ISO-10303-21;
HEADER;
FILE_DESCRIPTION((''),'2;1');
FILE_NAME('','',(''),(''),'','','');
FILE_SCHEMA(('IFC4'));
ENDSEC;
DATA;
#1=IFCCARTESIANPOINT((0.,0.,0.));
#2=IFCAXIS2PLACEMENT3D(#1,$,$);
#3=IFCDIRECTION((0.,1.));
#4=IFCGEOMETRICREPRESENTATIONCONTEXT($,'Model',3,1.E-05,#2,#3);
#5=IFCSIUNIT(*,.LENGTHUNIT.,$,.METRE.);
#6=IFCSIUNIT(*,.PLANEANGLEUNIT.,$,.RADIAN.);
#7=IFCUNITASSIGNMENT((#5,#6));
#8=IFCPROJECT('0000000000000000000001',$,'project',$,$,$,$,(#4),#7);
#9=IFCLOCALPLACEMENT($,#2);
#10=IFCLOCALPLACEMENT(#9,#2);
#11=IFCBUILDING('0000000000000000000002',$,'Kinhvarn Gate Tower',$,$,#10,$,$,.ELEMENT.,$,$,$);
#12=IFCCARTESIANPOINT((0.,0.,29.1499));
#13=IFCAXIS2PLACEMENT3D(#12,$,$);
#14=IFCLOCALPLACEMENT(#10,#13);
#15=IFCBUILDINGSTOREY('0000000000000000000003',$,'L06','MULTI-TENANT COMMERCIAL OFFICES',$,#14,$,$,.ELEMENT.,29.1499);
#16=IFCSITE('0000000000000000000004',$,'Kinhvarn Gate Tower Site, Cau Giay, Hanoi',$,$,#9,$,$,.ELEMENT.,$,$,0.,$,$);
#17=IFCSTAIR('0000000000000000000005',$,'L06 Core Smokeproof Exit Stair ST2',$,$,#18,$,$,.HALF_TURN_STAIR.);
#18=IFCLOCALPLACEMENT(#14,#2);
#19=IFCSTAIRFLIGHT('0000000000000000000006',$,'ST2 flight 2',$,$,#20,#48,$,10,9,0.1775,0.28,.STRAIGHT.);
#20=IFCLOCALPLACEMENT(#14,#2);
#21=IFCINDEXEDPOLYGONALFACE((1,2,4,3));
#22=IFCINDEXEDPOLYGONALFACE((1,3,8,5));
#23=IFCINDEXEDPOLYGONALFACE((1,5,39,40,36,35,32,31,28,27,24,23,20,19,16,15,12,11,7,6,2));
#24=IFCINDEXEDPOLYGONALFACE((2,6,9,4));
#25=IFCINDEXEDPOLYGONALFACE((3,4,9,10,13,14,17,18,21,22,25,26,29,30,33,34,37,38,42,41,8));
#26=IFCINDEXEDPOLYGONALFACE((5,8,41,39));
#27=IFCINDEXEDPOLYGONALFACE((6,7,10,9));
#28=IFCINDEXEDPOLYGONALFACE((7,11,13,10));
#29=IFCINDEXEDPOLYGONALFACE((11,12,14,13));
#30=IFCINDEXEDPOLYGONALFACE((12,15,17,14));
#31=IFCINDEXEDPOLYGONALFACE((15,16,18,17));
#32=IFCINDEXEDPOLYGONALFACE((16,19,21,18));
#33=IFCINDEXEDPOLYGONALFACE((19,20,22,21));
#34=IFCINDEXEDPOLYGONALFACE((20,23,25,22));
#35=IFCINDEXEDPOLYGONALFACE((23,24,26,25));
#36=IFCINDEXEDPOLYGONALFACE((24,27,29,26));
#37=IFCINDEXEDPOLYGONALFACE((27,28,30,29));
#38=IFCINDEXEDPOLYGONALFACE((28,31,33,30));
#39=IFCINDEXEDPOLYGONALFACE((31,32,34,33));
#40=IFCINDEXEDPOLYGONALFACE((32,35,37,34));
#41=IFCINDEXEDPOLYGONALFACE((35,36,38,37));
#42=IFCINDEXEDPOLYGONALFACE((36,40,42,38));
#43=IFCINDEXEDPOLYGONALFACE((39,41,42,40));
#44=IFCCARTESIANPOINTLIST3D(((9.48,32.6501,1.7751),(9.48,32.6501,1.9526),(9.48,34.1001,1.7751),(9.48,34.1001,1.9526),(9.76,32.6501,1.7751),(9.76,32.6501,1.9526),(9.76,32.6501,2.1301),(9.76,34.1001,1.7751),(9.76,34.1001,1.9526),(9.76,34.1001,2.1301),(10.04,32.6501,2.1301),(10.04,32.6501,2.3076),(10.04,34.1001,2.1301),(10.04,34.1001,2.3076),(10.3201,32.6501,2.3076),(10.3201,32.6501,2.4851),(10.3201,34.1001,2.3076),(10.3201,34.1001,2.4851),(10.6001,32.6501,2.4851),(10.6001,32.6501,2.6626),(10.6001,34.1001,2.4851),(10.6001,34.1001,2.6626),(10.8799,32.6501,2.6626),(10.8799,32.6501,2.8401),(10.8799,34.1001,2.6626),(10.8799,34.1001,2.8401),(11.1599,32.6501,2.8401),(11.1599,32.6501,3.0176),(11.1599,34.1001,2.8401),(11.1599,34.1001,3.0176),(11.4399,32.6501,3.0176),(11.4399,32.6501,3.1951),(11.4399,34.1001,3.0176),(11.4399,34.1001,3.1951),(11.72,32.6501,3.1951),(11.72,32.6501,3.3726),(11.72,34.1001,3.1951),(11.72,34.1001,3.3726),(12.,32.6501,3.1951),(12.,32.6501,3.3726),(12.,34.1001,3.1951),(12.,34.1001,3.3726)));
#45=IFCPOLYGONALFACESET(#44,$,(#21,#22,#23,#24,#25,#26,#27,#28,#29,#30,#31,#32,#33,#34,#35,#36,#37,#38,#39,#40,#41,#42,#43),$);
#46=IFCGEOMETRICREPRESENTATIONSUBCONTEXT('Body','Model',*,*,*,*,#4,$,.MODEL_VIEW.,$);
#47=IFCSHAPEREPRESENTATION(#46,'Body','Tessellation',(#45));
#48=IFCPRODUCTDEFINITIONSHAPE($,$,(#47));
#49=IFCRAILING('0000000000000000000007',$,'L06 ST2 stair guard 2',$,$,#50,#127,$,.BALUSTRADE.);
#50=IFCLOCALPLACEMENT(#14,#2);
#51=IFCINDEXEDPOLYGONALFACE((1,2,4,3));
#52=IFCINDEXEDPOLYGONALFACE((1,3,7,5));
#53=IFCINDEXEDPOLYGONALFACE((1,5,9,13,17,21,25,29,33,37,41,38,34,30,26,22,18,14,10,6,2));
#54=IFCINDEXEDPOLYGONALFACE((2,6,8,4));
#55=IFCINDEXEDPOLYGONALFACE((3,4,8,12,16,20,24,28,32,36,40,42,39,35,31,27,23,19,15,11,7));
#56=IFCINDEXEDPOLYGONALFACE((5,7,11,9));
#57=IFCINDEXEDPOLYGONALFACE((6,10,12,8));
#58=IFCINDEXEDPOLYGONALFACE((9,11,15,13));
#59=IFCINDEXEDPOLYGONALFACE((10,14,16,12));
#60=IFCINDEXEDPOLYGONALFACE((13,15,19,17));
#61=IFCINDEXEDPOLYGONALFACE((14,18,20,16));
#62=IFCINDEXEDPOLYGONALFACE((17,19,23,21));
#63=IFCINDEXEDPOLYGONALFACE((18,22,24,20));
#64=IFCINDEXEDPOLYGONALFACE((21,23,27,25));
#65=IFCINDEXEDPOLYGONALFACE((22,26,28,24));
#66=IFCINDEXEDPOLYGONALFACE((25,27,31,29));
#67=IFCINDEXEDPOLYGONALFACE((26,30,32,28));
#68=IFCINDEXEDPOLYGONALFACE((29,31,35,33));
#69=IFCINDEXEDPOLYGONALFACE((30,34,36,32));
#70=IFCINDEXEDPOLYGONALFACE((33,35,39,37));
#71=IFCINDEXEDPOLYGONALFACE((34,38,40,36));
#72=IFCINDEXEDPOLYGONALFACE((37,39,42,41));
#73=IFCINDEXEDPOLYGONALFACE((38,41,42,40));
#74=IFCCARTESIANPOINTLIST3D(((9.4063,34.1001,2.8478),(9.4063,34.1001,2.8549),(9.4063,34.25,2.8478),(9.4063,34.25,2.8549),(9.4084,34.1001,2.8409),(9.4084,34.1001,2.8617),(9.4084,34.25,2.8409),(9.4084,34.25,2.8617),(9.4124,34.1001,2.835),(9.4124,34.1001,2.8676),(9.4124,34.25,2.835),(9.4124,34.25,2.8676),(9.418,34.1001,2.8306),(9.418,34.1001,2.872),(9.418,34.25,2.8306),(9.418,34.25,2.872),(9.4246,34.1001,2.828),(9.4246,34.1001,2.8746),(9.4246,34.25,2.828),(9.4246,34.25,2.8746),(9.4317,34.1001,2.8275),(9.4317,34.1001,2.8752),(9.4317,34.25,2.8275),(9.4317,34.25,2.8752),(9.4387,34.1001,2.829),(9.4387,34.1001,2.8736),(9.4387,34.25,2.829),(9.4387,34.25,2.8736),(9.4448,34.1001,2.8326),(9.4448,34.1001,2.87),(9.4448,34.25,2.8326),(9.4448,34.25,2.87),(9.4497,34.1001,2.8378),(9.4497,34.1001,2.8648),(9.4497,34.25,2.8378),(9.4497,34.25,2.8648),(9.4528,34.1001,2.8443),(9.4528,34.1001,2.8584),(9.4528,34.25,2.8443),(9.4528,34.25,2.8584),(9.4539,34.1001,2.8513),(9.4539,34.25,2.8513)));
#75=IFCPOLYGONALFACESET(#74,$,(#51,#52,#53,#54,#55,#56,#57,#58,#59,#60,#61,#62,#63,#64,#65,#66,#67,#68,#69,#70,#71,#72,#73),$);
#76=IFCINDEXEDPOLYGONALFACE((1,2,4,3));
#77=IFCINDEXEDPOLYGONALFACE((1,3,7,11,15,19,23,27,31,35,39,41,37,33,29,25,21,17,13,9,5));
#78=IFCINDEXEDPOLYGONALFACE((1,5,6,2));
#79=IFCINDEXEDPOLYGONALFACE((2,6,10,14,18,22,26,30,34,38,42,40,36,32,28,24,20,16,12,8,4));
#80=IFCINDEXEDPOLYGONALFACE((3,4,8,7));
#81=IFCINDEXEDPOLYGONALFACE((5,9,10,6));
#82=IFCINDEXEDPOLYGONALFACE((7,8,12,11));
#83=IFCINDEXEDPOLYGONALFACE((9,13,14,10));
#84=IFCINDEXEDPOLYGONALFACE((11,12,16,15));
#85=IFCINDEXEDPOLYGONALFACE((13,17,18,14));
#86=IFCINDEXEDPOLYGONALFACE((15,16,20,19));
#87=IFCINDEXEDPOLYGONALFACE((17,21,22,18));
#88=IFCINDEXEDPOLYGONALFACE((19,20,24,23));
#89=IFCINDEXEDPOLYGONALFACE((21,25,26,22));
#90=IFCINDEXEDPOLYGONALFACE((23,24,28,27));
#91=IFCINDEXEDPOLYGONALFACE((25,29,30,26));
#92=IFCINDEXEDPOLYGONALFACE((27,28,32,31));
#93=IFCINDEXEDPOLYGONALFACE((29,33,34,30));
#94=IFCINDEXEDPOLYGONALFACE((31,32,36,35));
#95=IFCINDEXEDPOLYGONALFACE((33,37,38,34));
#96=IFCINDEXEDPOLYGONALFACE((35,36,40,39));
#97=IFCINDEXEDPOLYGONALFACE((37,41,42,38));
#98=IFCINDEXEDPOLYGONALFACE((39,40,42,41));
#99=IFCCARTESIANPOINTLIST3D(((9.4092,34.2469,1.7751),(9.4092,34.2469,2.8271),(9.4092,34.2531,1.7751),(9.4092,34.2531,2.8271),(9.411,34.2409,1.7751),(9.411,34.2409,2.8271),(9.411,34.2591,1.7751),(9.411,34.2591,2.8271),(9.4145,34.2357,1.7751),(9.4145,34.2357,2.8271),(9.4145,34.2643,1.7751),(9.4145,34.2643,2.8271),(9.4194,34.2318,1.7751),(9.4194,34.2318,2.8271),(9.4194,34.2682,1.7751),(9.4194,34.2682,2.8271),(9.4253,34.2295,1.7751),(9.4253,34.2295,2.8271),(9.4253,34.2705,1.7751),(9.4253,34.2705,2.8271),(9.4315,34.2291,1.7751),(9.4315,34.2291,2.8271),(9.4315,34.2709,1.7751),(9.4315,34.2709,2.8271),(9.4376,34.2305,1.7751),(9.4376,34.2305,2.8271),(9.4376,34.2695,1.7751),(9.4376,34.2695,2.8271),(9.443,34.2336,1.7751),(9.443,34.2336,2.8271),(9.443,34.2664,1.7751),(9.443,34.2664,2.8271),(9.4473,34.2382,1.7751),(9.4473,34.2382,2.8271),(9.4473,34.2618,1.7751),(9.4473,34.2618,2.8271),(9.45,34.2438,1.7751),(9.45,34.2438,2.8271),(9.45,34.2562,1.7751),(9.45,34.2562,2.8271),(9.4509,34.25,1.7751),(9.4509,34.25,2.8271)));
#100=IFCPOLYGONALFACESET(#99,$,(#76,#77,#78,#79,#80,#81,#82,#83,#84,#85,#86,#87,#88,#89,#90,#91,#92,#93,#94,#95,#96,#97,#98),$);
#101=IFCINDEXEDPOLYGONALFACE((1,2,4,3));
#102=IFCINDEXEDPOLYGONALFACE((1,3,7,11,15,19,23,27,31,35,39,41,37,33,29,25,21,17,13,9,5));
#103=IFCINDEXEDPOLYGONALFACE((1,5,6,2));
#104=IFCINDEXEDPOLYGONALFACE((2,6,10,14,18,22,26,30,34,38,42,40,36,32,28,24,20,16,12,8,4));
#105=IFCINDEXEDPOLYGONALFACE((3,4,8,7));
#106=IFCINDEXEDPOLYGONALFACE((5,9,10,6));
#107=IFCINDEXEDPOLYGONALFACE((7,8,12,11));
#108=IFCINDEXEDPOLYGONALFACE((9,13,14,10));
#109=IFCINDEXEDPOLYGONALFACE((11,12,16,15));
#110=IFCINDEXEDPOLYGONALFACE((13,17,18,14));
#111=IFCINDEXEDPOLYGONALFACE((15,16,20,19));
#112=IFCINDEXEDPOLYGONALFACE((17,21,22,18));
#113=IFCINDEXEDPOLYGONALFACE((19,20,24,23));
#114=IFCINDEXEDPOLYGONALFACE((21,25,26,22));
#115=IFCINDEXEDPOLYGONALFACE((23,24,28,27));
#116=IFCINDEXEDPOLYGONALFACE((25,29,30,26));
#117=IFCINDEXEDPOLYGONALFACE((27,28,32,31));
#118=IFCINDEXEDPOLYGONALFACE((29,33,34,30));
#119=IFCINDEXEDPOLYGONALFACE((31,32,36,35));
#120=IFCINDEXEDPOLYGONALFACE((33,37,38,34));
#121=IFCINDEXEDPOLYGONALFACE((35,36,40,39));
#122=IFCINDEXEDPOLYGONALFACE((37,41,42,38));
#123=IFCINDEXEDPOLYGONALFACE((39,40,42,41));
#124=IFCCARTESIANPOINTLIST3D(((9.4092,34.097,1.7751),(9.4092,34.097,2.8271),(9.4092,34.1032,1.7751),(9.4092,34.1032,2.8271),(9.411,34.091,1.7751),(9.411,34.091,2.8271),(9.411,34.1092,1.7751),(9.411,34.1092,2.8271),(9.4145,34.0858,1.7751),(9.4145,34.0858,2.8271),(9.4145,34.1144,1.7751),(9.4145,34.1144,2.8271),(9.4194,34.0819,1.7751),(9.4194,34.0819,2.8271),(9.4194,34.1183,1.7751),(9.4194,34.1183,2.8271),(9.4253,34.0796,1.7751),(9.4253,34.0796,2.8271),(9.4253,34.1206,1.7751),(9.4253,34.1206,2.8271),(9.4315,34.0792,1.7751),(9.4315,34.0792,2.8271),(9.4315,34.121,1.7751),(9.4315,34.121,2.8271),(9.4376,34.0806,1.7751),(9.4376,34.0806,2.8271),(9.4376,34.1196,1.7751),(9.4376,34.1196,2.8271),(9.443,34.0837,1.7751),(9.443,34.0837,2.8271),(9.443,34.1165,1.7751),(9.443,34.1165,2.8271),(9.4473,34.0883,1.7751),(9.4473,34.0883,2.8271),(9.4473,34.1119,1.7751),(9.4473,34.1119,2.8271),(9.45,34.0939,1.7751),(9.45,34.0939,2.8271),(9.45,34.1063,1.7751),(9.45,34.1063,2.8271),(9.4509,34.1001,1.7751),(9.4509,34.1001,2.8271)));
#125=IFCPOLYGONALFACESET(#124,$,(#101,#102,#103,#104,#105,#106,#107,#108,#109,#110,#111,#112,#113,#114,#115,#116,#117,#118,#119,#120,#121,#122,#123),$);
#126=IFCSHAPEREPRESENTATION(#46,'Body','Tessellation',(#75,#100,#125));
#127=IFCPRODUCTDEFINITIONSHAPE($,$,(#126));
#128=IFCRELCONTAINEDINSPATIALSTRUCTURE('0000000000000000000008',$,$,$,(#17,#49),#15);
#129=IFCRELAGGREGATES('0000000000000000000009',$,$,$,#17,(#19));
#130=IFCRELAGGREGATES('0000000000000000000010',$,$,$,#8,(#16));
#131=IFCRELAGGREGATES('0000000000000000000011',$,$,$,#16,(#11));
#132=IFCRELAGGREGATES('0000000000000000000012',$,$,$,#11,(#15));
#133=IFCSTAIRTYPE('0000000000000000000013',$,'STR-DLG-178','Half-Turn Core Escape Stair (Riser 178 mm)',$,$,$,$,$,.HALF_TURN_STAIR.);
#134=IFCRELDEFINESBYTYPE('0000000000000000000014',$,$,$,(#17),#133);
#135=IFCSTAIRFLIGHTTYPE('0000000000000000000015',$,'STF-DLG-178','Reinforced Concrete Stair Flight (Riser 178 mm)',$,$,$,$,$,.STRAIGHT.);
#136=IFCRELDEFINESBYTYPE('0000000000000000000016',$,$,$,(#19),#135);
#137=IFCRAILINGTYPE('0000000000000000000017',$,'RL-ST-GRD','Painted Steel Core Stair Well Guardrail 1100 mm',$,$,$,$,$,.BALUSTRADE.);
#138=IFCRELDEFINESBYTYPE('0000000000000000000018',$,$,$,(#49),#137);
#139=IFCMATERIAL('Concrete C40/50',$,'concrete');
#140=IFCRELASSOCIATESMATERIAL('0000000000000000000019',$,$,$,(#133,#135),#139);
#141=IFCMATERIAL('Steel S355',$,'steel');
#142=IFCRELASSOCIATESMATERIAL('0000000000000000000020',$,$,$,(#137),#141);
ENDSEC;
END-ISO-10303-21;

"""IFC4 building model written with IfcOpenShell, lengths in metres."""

from ifc_helpers import new_model, si_unit, direction, frame, origin, origin_2d, place, context, subcontext, project, spatial, polyline, circle, outline, extrude, material, type_object, element, aggregate, save


model = new_model("IFC4")

# Units and contexts
model_context = context("Model", 3, precision=1e-05, world=origin(), true_north=direction((0.0, 1.0)))
body_context = subcontext(model_context, "Body", "Model", "MODEL_VIEW")
ifc_project = project(units=[si_unit("LENGTHUNIT", "METRE"), si_unit("PLANEANGLEUNIT", "RADIAN")], contexts=[model_context])

# Site, building, storey
site_placement = place(None, origin())
site = spatial("IfcSite", under=ifc_project, at=site_placement, Name="Kinhvarn Gate Tower Site, Cau Giay, Hanoi", CompositionType="ELEMENT", RefElevation=0.0)
building_placement = place(site_placement, origin())
building = spatial("IfcBuilding", under=site, at=building_placement, Name="Kinhvarn Gate Tower", CompositionType="ELEMENT")
storey_placement = place(building_placement, frame((0.0, 0.0, 29.1499)))
storey = spatial("IfcBuildingStorey", under=building, at=storey_placement, Name="L06", Description="MULTI-TENANT COMMERCIAL OFFICES", CompositionType="ELEMENT", Elevation=29.1499)

# Shared definitions
ifc_material_1 = material(Name="Steel S355", Category="steel")

# Shared definitions
ifc_material_2 = material(Name="Concrete C40/50", Category="concrete")

# Stair, stair flight
stair_type = type_object("IfcStairType", Name="STR-DLG-178", Description="Half-Turn Core Escape Stair (Riser 178 mm)", PredefinedType="HALF_TURN_STAIR", material=ifc_material_2)
stair_placement = place(storey_placement, origin())
stair = element("IfcStair", 1, at=stair_placement, inside=storey, type_object=stair_type, Name="L06 Core Smokeproof Exit Stair ST2", PredefinedType="HALF_TURN_STAIR")
stair_flight_type = type_object("IfcStairFlightType", Name="STF-DLG-178", Description="Reinforced Concrete Stair Flight (Riser 178 mm)", PredefinedType="STRAIGHT", material=ifc_material_2)
stair_flight_placement = place(storey_placement, frame((9.48, 33.375, 1.7751), z_axis=(0.0, 0.0, 1.0), x_axis=(1.0, 0.0, 0.0)))
stair_flight = element("IfcStairFlight", 2, at=stair_flight_placement, type_object=stair_flight_type, Name="ST2 flight 2", NumberOfRisers=10, NumberOfTreads=9, PredefinedType="STRAIGHT", RiserHeight=0.1775, TreadLength=0.28, context=body_context, shape_type="SweptSolid", body=[
    extrude(outline(polyline([(0.0, 0.0), (0.0, 0.1775), (0.28, 0.1775), (0.28, 0.355), (0.5601, 0.355), (0.5601, 0.5325), (0.8401, 0.5325), (0.8401, 0.71), (1.1201, 0.71), (1.1201, 0.8875), (1.3999, 0.8875), (1.3999, 1.0649), (1.6799, 1.0649), (1.6799, 1.2424), (1.96, 1.2424), (1.96, 1.4199), (2.24, 1.4199), (2.24, 1.5974), (2.52, 1.5974), (2.52, 1.7749), (2.52, 1.4199), (0.28, 0.0), (0.0, 0.0)])), frame((0.0, 0.7251, 0.0), z_axis=(0.0, -1.0, 0.0), x_axis=(1.0, 0.0, 0.0)), (0.0, 0.0, 1.0), 1.45),
])
aggregate(stair, [stair_flight])

# Railing
railing_type_1 = type_object("IfcRailingType", Name="RL-ST-GRD", Description="Painted Steel Core Stair Well Guardrail 1100 mm", PredefinedType="BALUSTRADE", material=ifc_material_1)
railing_1_placement = place(storey_placement, frame((9.4299, 34.25, 1.7751)))
element("IfcRailing", 3, at=railing_1_placement, inside=storey, type_object=railing_type_1, Name="L06 ST2 stair guard 2", PredefinedType="BALUSTRADE", context=body_context, shape_type="SweptSolid", body=[
    extrude(circle(Radius=0.0239, at=origin_2d()), frame((0.0, 0.0, 1.0762), z_axis=(0.0, -1.0, 0.0), x_axis=(1.0, 0.0, 0.0)), (0.0, 0.0, 1.0), 0.1499),
    extrude(circle(Radius=0.021, at=origin_2d()), origin(), (0.0, 0.0, 1.0), 1.052),
    extrude(circle(Radius=0.021, at=origin_2d()), frame((0.0, -0.1499, 0.0)), (0.0, 0.0, 1.0), 1.052),
])

save(model, "model.ifc")
